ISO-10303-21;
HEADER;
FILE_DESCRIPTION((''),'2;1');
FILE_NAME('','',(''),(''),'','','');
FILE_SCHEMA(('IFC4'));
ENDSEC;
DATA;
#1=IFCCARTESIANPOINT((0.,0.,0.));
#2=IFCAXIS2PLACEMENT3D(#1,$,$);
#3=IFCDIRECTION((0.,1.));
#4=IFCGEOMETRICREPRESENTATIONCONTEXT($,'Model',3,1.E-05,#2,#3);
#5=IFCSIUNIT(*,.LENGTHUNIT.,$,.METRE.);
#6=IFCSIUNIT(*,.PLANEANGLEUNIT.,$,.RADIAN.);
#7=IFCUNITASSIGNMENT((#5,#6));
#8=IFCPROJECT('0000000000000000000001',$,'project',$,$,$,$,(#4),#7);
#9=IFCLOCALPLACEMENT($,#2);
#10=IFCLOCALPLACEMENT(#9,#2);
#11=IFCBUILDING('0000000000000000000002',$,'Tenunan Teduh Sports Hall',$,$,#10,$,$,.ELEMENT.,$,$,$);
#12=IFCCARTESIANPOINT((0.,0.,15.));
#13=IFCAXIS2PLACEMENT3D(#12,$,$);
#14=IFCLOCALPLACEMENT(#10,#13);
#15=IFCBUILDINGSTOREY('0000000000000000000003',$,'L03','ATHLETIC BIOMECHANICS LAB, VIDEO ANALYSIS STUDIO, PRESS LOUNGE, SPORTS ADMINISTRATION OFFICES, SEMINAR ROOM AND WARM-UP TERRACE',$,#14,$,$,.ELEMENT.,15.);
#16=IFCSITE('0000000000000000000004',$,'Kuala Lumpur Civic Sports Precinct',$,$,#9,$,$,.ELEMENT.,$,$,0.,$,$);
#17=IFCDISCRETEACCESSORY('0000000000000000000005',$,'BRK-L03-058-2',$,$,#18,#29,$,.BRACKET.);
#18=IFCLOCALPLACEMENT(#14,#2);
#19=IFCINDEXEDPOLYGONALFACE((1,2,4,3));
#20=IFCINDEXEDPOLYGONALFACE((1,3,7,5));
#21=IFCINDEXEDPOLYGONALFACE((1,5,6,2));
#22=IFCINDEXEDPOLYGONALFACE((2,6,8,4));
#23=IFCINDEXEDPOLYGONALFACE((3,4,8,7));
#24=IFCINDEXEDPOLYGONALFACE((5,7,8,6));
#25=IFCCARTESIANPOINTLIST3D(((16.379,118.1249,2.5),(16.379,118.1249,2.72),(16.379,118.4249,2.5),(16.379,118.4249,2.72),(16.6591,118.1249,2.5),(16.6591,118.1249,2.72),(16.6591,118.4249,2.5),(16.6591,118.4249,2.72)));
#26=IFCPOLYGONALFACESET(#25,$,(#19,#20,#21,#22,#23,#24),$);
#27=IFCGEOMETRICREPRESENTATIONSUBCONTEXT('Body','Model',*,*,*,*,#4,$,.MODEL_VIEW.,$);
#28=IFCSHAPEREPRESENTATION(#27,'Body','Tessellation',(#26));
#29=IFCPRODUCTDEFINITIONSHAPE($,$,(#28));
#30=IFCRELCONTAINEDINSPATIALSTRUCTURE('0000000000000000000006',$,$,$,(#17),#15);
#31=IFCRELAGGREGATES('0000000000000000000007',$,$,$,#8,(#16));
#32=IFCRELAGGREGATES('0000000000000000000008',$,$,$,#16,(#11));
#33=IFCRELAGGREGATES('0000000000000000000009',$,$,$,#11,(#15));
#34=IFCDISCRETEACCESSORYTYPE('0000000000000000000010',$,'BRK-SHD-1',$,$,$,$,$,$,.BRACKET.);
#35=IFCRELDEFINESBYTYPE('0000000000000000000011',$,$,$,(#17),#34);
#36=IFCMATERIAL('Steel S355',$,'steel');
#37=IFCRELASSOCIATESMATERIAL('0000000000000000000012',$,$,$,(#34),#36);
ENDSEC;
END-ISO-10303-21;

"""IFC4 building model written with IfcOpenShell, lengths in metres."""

from ifc_helpers import new_model, si_unit, direction, frame, origin, origin_2d, place, context, subcontext, project, spatial, rectangle, extrude, material, type_object, element, save


model = new_model("IFC4")

# Units and contexts
model_context = context("Model", 3, precision=1e-05, world=origin(), true_north=direction((0.0, 1.0)))
body_context = subcontext(model_context, "Body", "Model", "MODEL_VIEW")
ifc_project = project(units=[si_unit("LENGTHUNIT", "METRE"), si_unit("PLANEANGLEUNIT", "RADIAN")], contexts=[model_context])

# Site, building, storey
site_placement = place(None, origin())
site = spatial("IfcSite", under=ifc_project, at=site_placement, Name="Kuala Lumpur Civic Sports Precinct", CompositionType="ELEMENT", RefElevation=0.0)
building_placement = place(site_placement, origin())
building = spatial("IfcBuilding", under=site, at=building_placement, Name="Tenunan Teduh Sports Hall", CompositionType="ELEMENT")
storey_placement = place(building_placement, frame((0.0, 0.0, 15.0)))
storey = spatial("IfcBuildingStorey", under=building, at=storey_placement, Name="L03", Description="ATHLETIC BIOMECHANICS LAB, VIDEO ANALYSIS STUDIO, PRESS LOUNGE, SPORTS ADMINISTRATION OFFICES, SEMINAR ROOM AND WARM-UP TERRACE", CompositionType="ELEMENT", Elevation=15.0)

# Discrete accessory
ifc_material_1 = material(Name="Steel S355", Category="steel")
discrete_accessory_type = type_object("IfcDiscreteAccessoryType", Name="BRK-SHD-1", PredefinedType="BRACKET", material=ifc_material_1)
for number, where, z_axis, x_axis, name in (
    (1, (16.519, 118.2749, 2.5), (0.0, 0.0, 1.0), (1.0, 0.0, 0.0), "BRK-L03-058-2"),
):
    element("IfcDiscreteAccessory", number, at=place(storey_placement, frame(where, z_axis=z_axis, x_axis=x_axis)), inside=storey, type_object=discrete_accessory_type, Name=name, PredefinedType="BRACKET", context=body_context, shape_type="SweptSolid", body=[
        extrude(rectangle(XDim=0.28, YDim=0.3, at=origin_2d()), origin(), (0.0, 0.0, 1.0), 0.22),
    ])

save(model, "model.ifc")
